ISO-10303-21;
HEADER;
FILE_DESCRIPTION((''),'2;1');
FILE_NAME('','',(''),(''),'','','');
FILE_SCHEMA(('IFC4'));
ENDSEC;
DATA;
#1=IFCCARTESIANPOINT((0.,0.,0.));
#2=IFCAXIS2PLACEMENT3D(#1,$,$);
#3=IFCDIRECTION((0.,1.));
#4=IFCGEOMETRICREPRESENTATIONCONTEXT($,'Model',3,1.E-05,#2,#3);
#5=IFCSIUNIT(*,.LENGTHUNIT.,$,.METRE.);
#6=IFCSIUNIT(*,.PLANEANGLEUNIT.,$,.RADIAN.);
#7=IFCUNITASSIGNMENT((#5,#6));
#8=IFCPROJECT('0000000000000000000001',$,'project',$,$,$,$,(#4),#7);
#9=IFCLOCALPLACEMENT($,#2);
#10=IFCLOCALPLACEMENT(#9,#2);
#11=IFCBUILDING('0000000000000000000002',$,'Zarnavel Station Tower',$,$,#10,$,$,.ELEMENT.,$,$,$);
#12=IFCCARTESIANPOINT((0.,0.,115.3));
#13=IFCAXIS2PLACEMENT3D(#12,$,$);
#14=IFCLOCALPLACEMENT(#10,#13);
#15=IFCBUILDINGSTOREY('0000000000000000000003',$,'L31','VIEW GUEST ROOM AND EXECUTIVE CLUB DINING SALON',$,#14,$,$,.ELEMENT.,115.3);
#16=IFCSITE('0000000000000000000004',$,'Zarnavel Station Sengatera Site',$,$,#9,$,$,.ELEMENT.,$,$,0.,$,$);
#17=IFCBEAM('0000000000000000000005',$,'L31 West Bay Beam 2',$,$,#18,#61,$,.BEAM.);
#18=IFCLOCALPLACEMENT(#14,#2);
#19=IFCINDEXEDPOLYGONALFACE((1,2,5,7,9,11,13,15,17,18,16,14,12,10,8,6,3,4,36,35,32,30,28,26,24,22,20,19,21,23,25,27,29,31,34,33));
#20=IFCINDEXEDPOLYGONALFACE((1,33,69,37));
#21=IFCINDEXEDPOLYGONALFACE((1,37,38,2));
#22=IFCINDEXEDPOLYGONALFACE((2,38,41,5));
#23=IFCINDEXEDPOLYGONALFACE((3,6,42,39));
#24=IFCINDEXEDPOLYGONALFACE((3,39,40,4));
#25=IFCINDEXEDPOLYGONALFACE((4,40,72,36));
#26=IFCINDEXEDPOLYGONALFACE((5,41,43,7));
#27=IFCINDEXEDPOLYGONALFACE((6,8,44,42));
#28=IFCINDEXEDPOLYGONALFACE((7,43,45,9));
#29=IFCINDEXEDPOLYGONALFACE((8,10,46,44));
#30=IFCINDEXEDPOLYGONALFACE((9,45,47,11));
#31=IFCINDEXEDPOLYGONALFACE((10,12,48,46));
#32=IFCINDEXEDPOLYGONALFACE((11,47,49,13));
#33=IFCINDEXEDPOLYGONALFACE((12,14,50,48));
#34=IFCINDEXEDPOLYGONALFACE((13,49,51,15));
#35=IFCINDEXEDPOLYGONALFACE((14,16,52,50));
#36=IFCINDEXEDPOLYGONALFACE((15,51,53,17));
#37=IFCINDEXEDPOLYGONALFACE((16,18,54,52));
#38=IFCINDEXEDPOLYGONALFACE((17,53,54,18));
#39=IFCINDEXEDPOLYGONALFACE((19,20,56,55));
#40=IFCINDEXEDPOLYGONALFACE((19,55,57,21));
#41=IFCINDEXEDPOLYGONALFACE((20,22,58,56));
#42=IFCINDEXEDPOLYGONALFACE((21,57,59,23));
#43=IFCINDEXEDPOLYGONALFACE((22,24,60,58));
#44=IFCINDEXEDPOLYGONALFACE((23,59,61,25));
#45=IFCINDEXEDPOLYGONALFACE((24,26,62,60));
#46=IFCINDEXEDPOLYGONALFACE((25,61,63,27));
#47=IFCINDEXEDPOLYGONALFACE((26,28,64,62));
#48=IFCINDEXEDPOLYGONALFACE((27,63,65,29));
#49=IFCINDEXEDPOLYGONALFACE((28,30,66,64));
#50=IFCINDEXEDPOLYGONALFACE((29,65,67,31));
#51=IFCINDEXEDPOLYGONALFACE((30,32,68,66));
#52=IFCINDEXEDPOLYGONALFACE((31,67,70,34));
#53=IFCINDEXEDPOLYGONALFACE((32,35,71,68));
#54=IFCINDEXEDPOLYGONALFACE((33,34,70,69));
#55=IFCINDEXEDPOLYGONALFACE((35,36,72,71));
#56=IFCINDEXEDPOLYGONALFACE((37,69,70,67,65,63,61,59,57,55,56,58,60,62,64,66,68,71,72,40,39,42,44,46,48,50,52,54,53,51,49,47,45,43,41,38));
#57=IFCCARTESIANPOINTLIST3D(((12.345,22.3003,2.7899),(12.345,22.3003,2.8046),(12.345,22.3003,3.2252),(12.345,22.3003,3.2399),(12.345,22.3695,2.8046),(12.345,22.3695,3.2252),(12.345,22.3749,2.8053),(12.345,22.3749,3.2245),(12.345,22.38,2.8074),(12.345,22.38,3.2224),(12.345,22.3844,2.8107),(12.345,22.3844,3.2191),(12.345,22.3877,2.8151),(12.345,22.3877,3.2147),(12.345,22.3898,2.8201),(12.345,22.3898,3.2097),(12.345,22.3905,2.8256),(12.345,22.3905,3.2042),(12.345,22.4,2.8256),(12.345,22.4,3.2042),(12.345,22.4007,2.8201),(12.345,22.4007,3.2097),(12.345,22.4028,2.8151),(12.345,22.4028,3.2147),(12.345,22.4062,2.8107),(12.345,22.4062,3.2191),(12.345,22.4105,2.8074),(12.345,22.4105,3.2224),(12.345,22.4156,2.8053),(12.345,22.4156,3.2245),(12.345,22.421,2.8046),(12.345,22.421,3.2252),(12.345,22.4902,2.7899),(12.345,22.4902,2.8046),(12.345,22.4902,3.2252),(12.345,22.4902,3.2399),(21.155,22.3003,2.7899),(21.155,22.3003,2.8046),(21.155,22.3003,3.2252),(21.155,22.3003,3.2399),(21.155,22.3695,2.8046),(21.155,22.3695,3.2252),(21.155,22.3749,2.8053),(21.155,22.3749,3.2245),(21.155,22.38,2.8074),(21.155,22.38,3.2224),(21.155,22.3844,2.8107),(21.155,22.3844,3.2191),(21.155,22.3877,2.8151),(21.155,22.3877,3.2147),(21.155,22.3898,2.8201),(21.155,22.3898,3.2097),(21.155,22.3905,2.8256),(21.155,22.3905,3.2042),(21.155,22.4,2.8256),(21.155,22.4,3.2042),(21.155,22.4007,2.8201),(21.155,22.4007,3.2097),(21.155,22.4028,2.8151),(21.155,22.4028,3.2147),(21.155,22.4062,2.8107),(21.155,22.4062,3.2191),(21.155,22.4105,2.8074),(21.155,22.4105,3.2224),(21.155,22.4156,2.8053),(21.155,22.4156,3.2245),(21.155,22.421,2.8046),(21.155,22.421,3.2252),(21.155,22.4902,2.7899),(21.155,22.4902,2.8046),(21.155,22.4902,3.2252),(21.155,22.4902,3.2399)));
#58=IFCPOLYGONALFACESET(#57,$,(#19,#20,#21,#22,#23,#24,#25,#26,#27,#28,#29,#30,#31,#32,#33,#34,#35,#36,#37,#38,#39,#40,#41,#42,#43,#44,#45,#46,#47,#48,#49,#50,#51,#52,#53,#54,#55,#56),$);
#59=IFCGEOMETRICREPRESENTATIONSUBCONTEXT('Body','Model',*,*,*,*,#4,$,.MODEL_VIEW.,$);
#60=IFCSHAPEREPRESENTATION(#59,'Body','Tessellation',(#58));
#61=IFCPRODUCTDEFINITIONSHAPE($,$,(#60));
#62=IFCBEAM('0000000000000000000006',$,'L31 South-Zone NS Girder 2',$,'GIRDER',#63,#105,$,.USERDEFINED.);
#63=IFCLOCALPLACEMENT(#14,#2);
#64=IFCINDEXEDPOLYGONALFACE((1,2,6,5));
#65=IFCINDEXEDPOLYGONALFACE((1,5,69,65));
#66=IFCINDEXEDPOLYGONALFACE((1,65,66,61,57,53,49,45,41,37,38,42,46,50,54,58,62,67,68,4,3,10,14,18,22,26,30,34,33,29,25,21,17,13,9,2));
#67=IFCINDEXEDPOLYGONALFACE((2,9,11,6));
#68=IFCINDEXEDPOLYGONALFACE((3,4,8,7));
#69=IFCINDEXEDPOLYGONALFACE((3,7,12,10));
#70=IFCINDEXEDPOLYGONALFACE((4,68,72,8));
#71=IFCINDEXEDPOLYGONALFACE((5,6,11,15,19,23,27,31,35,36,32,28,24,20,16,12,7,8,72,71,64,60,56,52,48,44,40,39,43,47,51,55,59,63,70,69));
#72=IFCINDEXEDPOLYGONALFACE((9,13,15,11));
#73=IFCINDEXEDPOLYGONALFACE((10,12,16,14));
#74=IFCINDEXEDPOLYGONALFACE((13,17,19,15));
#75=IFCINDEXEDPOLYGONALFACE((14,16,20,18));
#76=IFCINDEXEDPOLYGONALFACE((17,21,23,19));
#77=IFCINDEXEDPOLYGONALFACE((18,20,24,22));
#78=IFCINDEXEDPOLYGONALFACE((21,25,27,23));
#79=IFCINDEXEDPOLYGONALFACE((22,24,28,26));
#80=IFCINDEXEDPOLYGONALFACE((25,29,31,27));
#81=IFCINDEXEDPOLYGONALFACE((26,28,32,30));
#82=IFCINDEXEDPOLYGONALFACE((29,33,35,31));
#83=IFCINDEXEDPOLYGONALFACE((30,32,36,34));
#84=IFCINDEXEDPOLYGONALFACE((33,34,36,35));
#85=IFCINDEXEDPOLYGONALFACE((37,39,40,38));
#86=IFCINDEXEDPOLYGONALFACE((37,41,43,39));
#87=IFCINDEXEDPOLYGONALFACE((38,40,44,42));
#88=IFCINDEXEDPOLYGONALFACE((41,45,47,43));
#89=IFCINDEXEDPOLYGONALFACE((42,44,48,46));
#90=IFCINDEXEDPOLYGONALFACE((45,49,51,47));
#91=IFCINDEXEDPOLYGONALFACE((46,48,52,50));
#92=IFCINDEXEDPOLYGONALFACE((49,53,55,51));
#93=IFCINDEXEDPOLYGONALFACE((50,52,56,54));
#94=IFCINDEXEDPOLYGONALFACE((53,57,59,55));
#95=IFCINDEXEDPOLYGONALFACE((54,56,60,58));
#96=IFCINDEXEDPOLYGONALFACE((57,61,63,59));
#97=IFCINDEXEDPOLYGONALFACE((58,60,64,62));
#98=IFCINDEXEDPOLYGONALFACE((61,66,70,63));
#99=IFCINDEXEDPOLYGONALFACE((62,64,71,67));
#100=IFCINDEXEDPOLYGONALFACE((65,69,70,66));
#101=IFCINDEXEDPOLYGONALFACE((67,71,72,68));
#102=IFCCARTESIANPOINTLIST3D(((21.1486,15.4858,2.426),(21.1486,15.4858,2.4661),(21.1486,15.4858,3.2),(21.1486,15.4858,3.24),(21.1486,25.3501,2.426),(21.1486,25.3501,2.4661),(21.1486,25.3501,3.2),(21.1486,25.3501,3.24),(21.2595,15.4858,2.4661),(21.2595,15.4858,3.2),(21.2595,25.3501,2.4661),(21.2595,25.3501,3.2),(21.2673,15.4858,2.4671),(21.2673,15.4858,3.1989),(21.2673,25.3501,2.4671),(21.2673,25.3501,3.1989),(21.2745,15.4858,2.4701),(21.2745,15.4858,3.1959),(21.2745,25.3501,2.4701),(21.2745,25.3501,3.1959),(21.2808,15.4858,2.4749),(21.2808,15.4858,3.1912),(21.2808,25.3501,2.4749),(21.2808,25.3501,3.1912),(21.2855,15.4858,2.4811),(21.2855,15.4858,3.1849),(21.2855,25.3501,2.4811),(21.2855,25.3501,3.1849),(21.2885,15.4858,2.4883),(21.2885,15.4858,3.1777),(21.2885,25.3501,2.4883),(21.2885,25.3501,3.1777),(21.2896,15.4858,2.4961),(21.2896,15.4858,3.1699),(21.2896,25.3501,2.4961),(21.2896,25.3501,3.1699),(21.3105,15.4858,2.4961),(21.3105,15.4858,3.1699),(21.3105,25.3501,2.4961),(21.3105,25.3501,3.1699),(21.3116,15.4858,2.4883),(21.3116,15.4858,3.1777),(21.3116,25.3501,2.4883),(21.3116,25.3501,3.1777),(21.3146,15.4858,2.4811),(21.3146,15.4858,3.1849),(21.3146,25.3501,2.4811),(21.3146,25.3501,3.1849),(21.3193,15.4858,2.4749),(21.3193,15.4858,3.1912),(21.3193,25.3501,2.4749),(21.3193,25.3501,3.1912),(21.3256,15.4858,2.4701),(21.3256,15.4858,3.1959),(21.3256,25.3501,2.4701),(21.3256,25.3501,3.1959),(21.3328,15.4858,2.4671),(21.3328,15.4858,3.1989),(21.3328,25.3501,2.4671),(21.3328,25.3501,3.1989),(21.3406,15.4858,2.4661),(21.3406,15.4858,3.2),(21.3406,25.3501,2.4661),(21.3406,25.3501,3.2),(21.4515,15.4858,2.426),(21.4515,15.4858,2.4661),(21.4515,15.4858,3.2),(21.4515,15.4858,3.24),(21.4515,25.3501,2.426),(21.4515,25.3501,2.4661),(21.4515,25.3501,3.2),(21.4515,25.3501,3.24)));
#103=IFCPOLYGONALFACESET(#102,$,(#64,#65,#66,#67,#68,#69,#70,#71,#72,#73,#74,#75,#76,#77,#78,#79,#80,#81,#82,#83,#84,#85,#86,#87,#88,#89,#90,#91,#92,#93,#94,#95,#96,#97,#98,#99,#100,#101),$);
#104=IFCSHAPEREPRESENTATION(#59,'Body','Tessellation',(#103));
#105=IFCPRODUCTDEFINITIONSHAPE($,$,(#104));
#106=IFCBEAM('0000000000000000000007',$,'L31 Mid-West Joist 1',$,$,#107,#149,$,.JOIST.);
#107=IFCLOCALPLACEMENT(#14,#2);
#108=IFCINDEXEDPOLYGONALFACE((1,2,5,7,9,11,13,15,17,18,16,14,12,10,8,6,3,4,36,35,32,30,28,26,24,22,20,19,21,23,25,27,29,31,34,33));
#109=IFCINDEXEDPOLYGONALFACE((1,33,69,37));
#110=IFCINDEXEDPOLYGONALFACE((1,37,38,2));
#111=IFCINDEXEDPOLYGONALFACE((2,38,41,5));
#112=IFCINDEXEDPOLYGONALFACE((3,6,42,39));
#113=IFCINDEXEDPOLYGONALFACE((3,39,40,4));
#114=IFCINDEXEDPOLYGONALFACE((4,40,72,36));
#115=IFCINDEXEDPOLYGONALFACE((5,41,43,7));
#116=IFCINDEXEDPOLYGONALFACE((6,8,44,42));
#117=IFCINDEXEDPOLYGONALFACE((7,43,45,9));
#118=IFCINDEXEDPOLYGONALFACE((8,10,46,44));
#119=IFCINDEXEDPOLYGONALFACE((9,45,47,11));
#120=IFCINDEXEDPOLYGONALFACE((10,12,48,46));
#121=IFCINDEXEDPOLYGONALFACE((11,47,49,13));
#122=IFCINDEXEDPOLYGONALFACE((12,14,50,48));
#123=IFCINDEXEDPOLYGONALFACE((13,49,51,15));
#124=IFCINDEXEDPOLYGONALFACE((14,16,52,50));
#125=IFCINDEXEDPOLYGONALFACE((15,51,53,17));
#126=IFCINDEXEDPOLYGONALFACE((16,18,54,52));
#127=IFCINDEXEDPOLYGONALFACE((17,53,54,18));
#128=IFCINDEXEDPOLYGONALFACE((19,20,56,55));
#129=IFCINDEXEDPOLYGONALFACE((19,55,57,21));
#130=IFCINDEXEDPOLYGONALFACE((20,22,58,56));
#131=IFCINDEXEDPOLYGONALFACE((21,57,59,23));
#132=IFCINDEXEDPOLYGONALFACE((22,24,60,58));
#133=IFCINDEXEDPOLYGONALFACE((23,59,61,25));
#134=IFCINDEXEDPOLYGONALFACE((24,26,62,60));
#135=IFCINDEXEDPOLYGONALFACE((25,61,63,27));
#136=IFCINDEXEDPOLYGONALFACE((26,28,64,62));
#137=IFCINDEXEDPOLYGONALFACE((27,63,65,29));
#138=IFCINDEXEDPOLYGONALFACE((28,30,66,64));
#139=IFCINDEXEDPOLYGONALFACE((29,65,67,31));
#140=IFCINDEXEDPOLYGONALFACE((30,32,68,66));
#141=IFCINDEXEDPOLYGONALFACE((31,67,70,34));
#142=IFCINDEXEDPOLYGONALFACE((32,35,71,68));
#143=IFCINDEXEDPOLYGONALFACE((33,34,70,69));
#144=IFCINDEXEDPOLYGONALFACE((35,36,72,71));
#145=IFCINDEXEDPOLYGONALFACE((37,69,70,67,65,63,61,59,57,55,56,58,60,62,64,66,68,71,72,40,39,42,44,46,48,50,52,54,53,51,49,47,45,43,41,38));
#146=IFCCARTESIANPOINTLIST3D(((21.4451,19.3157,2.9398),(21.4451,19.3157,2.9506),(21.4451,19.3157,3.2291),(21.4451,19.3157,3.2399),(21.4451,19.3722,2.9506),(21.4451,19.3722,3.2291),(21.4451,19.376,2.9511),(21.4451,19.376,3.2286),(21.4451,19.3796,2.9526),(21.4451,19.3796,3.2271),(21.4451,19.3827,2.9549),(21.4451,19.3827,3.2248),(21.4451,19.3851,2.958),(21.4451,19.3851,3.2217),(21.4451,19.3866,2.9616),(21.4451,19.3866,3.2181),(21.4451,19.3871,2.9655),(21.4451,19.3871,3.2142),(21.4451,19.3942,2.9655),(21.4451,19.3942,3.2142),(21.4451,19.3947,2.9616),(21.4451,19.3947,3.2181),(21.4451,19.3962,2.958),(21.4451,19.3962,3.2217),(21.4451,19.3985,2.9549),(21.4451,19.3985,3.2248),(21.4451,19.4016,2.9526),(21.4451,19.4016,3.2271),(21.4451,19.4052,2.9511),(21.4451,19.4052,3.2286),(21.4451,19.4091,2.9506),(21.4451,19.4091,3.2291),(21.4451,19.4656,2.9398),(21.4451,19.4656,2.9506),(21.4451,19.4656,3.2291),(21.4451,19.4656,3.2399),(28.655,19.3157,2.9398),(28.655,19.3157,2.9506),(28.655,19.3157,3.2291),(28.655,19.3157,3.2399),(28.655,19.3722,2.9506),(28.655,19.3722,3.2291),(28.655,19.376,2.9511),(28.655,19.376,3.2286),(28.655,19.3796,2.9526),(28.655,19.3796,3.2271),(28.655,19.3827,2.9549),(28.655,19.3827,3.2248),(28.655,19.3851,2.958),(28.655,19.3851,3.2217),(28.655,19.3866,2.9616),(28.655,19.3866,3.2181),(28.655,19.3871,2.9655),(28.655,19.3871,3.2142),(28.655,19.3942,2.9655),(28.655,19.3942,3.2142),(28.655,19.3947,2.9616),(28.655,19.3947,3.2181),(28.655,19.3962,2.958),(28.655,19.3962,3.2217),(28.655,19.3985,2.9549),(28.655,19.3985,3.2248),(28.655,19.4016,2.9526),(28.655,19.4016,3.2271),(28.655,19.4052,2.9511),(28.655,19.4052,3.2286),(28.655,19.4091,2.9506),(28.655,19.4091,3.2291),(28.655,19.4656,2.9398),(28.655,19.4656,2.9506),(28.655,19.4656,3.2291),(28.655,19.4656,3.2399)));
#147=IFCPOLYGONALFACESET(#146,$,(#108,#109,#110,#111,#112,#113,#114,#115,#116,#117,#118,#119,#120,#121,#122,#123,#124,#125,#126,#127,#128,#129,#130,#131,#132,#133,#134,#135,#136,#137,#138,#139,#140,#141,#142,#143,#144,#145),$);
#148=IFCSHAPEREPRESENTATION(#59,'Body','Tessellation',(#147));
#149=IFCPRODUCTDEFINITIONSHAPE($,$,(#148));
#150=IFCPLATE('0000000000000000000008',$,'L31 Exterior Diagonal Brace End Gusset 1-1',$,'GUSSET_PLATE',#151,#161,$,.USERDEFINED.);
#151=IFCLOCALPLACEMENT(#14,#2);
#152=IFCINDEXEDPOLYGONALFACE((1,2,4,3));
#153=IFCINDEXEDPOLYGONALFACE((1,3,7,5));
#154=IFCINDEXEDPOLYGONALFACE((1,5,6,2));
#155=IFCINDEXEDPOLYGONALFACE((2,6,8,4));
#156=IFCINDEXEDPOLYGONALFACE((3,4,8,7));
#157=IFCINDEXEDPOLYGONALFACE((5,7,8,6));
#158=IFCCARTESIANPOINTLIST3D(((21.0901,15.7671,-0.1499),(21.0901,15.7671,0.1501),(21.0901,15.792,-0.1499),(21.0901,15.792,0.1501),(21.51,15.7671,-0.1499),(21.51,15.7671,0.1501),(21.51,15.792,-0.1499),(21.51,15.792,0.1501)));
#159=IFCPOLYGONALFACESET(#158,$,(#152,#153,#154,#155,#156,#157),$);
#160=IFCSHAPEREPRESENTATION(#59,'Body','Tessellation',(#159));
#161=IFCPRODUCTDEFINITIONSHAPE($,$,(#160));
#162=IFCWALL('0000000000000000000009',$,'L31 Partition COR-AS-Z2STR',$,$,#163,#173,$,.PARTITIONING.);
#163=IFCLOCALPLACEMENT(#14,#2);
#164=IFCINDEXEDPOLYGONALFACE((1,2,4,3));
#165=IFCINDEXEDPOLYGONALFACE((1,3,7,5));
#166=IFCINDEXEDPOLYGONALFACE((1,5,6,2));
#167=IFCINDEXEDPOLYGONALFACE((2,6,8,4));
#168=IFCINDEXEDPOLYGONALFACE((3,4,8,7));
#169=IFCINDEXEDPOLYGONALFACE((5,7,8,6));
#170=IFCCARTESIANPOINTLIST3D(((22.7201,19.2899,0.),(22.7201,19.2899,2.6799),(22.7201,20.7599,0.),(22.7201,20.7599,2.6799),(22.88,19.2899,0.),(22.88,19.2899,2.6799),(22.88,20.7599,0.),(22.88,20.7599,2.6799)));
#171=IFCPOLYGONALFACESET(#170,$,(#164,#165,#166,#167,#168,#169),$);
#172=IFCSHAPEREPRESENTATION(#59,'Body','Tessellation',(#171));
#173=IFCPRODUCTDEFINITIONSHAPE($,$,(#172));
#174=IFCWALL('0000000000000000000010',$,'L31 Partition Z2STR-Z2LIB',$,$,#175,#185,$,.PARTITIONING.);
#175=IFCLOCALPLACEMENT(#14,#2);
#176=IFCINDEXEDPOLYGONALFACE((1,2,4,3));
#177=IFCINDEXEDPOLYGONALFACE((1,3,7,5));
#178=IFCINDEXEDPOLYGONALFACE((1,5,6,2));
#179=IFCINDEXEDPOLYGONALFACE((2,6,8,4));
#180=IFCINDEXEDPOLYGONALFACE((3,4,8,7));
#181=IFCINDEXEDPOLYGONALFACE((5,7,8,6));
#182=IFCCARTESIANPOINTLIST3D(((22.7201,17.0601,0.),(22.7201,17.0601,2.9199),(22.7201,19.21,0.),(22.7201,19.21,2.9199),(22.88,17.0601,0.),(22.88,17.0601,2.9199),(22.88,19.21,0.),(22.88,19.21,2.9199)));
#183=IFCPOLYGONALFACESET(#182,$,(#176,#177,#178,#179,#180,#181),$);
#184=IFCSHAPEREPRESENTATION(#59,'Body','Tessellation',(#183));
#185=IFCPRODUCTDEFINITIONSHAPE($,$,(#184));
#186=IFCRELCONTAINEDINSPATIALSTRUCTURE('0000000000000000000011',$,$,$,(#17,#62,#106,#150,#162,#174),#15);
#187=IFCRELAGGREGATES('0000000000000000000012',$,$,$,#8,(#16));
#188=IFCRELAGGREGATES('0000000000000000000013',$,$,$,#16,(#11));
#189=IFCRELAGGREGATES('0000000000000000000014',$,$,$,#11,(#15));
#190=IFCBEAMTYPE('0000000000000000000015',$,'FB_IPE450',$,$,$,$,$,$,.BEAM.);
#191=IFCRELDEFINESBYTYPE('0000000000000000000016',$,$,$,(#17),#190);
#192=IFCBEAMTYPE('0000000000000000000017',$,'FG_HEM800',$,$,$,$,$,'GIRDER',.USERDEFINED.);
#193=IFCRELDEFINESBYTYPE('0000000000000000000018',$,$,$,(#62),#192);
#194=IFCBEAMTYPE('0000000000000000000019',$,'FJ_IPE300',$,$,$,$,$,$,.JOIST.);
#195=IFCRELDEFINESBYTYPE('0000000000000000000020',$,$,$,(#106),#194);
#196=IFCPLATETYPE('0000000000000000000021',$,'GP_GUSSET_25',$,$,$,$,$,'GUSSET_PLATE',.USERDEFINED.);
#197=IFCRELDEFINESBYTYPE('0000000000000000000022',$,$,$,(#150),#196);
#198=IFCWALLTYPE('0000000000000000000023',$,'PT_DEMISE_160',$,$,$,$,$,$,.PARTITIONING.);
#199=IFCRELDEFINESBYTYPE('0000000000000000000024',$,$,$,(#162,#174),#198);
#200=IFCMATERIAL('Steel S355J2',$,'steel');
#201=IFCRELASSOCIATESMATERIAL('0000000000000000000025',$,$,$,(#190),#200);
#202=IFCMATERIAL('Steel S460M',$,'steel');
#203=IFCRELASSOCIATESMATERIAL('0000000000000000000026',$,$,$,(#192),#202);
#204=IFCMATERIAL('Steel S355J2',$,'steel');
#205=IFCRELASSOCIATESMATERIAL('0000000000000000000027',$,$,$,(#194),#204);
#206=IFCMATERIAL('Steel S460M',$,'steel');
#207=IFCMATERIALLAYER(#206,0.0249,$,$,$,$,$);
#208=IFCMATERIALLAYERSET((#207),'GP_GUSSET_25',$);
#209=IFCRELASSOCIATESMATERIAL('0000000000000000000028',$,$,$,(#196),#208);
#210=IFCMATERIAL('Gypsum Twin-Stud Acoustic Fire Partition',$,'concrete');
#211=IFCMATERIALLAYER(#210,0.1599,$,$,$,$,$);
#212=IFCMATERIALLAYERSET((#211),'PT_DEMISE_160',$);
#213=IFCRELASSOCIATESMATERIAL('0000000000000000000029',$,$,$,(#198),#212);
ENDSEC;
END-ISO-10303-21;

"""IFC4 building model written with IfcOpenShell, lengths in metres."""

from ifc_helpers import new_model, si_unit, direction, frame, frame_2d, origin, origin_2d, place, context, subcontext, project, spatial, rectangle, i_section, extrude, material, layer, layer_set, material_profile, profile_set, type_object, element, save


model = new_model("IFC4")

# Units and contexts
model_context = context("Model", 3, precision=1e-05, world=origin(), true_north=direction((0.0, 1.0)))
body_context = subcontext(model_context, "Body", "Model", "MODEL_VIEW")
ifc_project = project(units=[si_unit("LENGTHUNIT", "METRE"), si_unit("PLANEANGLEUNIT", "RADIAN")], contexts=[model_context])

# Site, building, storey
site_placement = place(None, origin())
site = spatial("IfcSite", under=ifc_project, at=site_placement, Name="Zarnavel Station Sengatera Site", CompositionType="ELEMENT", RefElevation=0.0)
building_placement = place(site_placement, origin())
building = spatial("IfcBuilding", under=site, at=building_placement, Name="Zarnavel Station Tower", CompositionType="ELEMENT")
storey_placement = place(building_placement, frame((0.0, 0.0, 115.3)))
storey = spatial("IfcBuildingStorey", under=building, at=storey_placement, Name="L31", Description="VIEW GUEST ROOM AND EXECUTIVE CLUB DINING SALON", CompositionType="ELEMENT", Elevation=115.3)

# Beams
ifc_material_1 = material(Name="Steel S355J2", Category="steel")
ifc_material_profile_1 = material_profile(ifc_material_1, i_section(OverallWidth=0.1899, OverallDepth=0.45, WebThickness=0.0095, FlangeThickness=0.0146, FilletRadius=0.021, at=origin_2d()), Name="IPE450")
ifc_profile_set_1 = profile_set([ifc_material_profile_1], Name="Steel S355J2")
beam_type_1 = type_object("IfcBeamType", Name="FB_IPE450", PredefinedType="BEAM", material=ifc_profile_set_1)
beam_1_placement = place(storey_placement, frame((12.345, 22.3953, 3.0149), z_axis=(1.0, 0.0, 0.0), x_axis=(0.0, 1.0, 0.0)))
element("IfcBeam", 1, at=beam_1_placement, inside=storey, type_object=beam_type_1, Name="L31 West Bay Beam 2", PredefinedType="BEAM", context=body_context, shape_type="SweptSolid", body=[
    extrude(i_section(OverallWidth=0.1899, OverallDepth=0.45, WebThickness=0.0095, FlangeThickness=0.0146, FilletRadius=0.021, at=origin_2d()), origin(), (0.0, 0.0, 1.0), 8.8101),
])
ifc_material_2 = material(Name="Steel S460M", Category="steel")
ifc_material_profile_2 = material_profile(ifc_material_2, i_section(OverallWidth=0.303, OverallDepth=0.814, WebThickness=0.021, FlangeThickness=0.04, FilletRadius=0.03, at=origin_2d()), Name="HEM800")
ifc_profile_set_2 = profile_set([ifc_material_profile_2], Name="Steel S460M")
beam_type_2 = type_object("IfcBeamType", Name="FG_HEM800", ElementType="GIRDER", PredefinedType="USERDEFINED", material=ifc_profile_set_2)
beam_2_placement = place(storey_placement, frame((21.3, 15.4858, 2.833), z_axis=(0.0, 1.0, 0.0), x_axis=(-1.0, 0.0, 0.0)))
element("IfcBeam", 2, at=beam_2_placement, inside=storey, type_object=beam_type_2, Name="L31 South-Zone NS Girder 2", ObjectType="GIRDER", PredefinedType="USERDEFINED", context=body_context, shape_type="SweptSolid", body=[
    extrude(i_section(OverallWidth=0.303, OverallDepth=0.814, WebThickness=0.021, FlangeThickness=0.04, FilletRadius=0.03, at=origin_2d()), origin(), (0.0, 0.0, 1.0), 9.8643),
])
ifc_material_3 = material(Name="Steel S355J2", Category="steel")
ifc_material_profile_3 = material_profile(ifc_material_3, i_section(OverallWidth=0.1499, OverallDepth=0.3, WebThickness=0.0071, FlangeThickness=0.0107, FilletRadius=0.0149, at=origin_2d()), Name="IPE300")
ifc_profile_set_3 = profile_set([ifc_material_profile_3], Name="Steel S355J2")
beam_type_3 = type_object("IfcBeamType", Name="FJ_IPE300", PredefinedType="JOIST", material=ifc_profile_set_3)
beam_3_placement = place(storey_placement, frame((21.4451, 19.3906, 3.0898), z_axis=(1.0, 0.0, 0.0), x_axis=(0.0, 1.0, 0.0)))
element("IfcBeam", 3, at=beam_3_placement, inside=storey, type_object=beam_type_3, Name="L31 Mid-West Joist 1", PredefinedType="JOIST", context=body_context, shape_type="SweptSolid", body=[
    extrude(i_section(OverallWidth=0.1499, OverallDepth=0.3, WebThickness=0.0071, FlangeThickness=0.0107, FilletRadius=0.0149, at=origin_2d()), origin(), (0.0, 0.0, 1.0), 7.21),
])

# Plate
ifc_material_4 = material(Name="Steel S460M", Category="steel")
ifc_layer_1 = layer(ifc_material_4, 0.0249)
ifc_layer_set_1 = layer_set([ifc_layer_1], Name="GP_GUSSET_25")
plate_type = type_object("IfcPlateType", Name="GP_GUSSET_25", ElementType="GUSSET_PLATE", PredefinedType="USERDEFINED", material=ifc_layer_set_1)
plate_placement = place(storey_placement, frame((21.3, 15.7795, -0.1499), z_axis=(0.0, 0.0, 1.0), x_axis=(1.0, 0.0, 0.0)))
element("IfcPlate", 4, at=plate_placement, inside=storey, type_object=plate_type, Name="L31 Exterior Diagonal Brace End Gusset 1-1", ObjectType="GUSSET_PLATE", PredefinedType="USERDEFINED", context=body_context, shape_type="SweptSolid", body=[
    extrude(rectangle(XDim=0.4199, YDim=0.0249, at=origin_2d()), origin(), (0.0, 0.0, 1.0), 0.3),
])

# Walls
ifc_material_5 = material(Name="Gypsum Twin-Stud Acoustic Fire Partition", Category="concrete")
ifc_layer_2 = layer(ifc_material_5, 0.1599)
ifc_layer_set_2 = layer_set([ifc_layer_2], Name="PT_DEMISE_160")
wall_type_1 = type_object("IfcWallType", Name="PT_DEMISE_160", PredefinedType="PARTITIONING", material=ifc_layer_set_2)
wall_1_placement = place(storey_placement, frame((22.8, 19.29, 0.0), z_axis=(0.0, 0.0, 1.0), x_axis=(0.0, 1.0, 0.0)))
element("IfcWall", 5, at=wall_1_placement, inside=storey, type_object=wall_type_1, Name="L31 Partition COR-AS-Z2STR", PredefinedType="PARTITIONING", context=body_context, shape_type="SweptSolid", body=[
    extrude(rectangle(XDim=1.47, YDim=0.1599, at=frame_2d((0.7349, 0.0))), origin(), (0.0, 0.0, 1.0), 2.6799),
])
wall_2_placement = place(storey_placement, frame((22.8, 17.0601, 0.0), z_axis=(0.0, 0.0, 1.0), x_axis=(0.0, 1.0, 0.0)))
element("IfcWall", 6, at=wall_2_placement, inside=storey, type_object=wall_type_1, Name="L31 Partition Z2STR-Z2LIB", PredefinedType="PARTITIONING", context=body_context, shape_type="SweptSolid", body=[
    extrude(rectangle(XDim=2.1499, YDim=0.1599, at=frame_2d((1.075, 0.0))), origin(), (0.0, 0.0, 1.0), 2.9199),
])

save(model, "model.ifc")
